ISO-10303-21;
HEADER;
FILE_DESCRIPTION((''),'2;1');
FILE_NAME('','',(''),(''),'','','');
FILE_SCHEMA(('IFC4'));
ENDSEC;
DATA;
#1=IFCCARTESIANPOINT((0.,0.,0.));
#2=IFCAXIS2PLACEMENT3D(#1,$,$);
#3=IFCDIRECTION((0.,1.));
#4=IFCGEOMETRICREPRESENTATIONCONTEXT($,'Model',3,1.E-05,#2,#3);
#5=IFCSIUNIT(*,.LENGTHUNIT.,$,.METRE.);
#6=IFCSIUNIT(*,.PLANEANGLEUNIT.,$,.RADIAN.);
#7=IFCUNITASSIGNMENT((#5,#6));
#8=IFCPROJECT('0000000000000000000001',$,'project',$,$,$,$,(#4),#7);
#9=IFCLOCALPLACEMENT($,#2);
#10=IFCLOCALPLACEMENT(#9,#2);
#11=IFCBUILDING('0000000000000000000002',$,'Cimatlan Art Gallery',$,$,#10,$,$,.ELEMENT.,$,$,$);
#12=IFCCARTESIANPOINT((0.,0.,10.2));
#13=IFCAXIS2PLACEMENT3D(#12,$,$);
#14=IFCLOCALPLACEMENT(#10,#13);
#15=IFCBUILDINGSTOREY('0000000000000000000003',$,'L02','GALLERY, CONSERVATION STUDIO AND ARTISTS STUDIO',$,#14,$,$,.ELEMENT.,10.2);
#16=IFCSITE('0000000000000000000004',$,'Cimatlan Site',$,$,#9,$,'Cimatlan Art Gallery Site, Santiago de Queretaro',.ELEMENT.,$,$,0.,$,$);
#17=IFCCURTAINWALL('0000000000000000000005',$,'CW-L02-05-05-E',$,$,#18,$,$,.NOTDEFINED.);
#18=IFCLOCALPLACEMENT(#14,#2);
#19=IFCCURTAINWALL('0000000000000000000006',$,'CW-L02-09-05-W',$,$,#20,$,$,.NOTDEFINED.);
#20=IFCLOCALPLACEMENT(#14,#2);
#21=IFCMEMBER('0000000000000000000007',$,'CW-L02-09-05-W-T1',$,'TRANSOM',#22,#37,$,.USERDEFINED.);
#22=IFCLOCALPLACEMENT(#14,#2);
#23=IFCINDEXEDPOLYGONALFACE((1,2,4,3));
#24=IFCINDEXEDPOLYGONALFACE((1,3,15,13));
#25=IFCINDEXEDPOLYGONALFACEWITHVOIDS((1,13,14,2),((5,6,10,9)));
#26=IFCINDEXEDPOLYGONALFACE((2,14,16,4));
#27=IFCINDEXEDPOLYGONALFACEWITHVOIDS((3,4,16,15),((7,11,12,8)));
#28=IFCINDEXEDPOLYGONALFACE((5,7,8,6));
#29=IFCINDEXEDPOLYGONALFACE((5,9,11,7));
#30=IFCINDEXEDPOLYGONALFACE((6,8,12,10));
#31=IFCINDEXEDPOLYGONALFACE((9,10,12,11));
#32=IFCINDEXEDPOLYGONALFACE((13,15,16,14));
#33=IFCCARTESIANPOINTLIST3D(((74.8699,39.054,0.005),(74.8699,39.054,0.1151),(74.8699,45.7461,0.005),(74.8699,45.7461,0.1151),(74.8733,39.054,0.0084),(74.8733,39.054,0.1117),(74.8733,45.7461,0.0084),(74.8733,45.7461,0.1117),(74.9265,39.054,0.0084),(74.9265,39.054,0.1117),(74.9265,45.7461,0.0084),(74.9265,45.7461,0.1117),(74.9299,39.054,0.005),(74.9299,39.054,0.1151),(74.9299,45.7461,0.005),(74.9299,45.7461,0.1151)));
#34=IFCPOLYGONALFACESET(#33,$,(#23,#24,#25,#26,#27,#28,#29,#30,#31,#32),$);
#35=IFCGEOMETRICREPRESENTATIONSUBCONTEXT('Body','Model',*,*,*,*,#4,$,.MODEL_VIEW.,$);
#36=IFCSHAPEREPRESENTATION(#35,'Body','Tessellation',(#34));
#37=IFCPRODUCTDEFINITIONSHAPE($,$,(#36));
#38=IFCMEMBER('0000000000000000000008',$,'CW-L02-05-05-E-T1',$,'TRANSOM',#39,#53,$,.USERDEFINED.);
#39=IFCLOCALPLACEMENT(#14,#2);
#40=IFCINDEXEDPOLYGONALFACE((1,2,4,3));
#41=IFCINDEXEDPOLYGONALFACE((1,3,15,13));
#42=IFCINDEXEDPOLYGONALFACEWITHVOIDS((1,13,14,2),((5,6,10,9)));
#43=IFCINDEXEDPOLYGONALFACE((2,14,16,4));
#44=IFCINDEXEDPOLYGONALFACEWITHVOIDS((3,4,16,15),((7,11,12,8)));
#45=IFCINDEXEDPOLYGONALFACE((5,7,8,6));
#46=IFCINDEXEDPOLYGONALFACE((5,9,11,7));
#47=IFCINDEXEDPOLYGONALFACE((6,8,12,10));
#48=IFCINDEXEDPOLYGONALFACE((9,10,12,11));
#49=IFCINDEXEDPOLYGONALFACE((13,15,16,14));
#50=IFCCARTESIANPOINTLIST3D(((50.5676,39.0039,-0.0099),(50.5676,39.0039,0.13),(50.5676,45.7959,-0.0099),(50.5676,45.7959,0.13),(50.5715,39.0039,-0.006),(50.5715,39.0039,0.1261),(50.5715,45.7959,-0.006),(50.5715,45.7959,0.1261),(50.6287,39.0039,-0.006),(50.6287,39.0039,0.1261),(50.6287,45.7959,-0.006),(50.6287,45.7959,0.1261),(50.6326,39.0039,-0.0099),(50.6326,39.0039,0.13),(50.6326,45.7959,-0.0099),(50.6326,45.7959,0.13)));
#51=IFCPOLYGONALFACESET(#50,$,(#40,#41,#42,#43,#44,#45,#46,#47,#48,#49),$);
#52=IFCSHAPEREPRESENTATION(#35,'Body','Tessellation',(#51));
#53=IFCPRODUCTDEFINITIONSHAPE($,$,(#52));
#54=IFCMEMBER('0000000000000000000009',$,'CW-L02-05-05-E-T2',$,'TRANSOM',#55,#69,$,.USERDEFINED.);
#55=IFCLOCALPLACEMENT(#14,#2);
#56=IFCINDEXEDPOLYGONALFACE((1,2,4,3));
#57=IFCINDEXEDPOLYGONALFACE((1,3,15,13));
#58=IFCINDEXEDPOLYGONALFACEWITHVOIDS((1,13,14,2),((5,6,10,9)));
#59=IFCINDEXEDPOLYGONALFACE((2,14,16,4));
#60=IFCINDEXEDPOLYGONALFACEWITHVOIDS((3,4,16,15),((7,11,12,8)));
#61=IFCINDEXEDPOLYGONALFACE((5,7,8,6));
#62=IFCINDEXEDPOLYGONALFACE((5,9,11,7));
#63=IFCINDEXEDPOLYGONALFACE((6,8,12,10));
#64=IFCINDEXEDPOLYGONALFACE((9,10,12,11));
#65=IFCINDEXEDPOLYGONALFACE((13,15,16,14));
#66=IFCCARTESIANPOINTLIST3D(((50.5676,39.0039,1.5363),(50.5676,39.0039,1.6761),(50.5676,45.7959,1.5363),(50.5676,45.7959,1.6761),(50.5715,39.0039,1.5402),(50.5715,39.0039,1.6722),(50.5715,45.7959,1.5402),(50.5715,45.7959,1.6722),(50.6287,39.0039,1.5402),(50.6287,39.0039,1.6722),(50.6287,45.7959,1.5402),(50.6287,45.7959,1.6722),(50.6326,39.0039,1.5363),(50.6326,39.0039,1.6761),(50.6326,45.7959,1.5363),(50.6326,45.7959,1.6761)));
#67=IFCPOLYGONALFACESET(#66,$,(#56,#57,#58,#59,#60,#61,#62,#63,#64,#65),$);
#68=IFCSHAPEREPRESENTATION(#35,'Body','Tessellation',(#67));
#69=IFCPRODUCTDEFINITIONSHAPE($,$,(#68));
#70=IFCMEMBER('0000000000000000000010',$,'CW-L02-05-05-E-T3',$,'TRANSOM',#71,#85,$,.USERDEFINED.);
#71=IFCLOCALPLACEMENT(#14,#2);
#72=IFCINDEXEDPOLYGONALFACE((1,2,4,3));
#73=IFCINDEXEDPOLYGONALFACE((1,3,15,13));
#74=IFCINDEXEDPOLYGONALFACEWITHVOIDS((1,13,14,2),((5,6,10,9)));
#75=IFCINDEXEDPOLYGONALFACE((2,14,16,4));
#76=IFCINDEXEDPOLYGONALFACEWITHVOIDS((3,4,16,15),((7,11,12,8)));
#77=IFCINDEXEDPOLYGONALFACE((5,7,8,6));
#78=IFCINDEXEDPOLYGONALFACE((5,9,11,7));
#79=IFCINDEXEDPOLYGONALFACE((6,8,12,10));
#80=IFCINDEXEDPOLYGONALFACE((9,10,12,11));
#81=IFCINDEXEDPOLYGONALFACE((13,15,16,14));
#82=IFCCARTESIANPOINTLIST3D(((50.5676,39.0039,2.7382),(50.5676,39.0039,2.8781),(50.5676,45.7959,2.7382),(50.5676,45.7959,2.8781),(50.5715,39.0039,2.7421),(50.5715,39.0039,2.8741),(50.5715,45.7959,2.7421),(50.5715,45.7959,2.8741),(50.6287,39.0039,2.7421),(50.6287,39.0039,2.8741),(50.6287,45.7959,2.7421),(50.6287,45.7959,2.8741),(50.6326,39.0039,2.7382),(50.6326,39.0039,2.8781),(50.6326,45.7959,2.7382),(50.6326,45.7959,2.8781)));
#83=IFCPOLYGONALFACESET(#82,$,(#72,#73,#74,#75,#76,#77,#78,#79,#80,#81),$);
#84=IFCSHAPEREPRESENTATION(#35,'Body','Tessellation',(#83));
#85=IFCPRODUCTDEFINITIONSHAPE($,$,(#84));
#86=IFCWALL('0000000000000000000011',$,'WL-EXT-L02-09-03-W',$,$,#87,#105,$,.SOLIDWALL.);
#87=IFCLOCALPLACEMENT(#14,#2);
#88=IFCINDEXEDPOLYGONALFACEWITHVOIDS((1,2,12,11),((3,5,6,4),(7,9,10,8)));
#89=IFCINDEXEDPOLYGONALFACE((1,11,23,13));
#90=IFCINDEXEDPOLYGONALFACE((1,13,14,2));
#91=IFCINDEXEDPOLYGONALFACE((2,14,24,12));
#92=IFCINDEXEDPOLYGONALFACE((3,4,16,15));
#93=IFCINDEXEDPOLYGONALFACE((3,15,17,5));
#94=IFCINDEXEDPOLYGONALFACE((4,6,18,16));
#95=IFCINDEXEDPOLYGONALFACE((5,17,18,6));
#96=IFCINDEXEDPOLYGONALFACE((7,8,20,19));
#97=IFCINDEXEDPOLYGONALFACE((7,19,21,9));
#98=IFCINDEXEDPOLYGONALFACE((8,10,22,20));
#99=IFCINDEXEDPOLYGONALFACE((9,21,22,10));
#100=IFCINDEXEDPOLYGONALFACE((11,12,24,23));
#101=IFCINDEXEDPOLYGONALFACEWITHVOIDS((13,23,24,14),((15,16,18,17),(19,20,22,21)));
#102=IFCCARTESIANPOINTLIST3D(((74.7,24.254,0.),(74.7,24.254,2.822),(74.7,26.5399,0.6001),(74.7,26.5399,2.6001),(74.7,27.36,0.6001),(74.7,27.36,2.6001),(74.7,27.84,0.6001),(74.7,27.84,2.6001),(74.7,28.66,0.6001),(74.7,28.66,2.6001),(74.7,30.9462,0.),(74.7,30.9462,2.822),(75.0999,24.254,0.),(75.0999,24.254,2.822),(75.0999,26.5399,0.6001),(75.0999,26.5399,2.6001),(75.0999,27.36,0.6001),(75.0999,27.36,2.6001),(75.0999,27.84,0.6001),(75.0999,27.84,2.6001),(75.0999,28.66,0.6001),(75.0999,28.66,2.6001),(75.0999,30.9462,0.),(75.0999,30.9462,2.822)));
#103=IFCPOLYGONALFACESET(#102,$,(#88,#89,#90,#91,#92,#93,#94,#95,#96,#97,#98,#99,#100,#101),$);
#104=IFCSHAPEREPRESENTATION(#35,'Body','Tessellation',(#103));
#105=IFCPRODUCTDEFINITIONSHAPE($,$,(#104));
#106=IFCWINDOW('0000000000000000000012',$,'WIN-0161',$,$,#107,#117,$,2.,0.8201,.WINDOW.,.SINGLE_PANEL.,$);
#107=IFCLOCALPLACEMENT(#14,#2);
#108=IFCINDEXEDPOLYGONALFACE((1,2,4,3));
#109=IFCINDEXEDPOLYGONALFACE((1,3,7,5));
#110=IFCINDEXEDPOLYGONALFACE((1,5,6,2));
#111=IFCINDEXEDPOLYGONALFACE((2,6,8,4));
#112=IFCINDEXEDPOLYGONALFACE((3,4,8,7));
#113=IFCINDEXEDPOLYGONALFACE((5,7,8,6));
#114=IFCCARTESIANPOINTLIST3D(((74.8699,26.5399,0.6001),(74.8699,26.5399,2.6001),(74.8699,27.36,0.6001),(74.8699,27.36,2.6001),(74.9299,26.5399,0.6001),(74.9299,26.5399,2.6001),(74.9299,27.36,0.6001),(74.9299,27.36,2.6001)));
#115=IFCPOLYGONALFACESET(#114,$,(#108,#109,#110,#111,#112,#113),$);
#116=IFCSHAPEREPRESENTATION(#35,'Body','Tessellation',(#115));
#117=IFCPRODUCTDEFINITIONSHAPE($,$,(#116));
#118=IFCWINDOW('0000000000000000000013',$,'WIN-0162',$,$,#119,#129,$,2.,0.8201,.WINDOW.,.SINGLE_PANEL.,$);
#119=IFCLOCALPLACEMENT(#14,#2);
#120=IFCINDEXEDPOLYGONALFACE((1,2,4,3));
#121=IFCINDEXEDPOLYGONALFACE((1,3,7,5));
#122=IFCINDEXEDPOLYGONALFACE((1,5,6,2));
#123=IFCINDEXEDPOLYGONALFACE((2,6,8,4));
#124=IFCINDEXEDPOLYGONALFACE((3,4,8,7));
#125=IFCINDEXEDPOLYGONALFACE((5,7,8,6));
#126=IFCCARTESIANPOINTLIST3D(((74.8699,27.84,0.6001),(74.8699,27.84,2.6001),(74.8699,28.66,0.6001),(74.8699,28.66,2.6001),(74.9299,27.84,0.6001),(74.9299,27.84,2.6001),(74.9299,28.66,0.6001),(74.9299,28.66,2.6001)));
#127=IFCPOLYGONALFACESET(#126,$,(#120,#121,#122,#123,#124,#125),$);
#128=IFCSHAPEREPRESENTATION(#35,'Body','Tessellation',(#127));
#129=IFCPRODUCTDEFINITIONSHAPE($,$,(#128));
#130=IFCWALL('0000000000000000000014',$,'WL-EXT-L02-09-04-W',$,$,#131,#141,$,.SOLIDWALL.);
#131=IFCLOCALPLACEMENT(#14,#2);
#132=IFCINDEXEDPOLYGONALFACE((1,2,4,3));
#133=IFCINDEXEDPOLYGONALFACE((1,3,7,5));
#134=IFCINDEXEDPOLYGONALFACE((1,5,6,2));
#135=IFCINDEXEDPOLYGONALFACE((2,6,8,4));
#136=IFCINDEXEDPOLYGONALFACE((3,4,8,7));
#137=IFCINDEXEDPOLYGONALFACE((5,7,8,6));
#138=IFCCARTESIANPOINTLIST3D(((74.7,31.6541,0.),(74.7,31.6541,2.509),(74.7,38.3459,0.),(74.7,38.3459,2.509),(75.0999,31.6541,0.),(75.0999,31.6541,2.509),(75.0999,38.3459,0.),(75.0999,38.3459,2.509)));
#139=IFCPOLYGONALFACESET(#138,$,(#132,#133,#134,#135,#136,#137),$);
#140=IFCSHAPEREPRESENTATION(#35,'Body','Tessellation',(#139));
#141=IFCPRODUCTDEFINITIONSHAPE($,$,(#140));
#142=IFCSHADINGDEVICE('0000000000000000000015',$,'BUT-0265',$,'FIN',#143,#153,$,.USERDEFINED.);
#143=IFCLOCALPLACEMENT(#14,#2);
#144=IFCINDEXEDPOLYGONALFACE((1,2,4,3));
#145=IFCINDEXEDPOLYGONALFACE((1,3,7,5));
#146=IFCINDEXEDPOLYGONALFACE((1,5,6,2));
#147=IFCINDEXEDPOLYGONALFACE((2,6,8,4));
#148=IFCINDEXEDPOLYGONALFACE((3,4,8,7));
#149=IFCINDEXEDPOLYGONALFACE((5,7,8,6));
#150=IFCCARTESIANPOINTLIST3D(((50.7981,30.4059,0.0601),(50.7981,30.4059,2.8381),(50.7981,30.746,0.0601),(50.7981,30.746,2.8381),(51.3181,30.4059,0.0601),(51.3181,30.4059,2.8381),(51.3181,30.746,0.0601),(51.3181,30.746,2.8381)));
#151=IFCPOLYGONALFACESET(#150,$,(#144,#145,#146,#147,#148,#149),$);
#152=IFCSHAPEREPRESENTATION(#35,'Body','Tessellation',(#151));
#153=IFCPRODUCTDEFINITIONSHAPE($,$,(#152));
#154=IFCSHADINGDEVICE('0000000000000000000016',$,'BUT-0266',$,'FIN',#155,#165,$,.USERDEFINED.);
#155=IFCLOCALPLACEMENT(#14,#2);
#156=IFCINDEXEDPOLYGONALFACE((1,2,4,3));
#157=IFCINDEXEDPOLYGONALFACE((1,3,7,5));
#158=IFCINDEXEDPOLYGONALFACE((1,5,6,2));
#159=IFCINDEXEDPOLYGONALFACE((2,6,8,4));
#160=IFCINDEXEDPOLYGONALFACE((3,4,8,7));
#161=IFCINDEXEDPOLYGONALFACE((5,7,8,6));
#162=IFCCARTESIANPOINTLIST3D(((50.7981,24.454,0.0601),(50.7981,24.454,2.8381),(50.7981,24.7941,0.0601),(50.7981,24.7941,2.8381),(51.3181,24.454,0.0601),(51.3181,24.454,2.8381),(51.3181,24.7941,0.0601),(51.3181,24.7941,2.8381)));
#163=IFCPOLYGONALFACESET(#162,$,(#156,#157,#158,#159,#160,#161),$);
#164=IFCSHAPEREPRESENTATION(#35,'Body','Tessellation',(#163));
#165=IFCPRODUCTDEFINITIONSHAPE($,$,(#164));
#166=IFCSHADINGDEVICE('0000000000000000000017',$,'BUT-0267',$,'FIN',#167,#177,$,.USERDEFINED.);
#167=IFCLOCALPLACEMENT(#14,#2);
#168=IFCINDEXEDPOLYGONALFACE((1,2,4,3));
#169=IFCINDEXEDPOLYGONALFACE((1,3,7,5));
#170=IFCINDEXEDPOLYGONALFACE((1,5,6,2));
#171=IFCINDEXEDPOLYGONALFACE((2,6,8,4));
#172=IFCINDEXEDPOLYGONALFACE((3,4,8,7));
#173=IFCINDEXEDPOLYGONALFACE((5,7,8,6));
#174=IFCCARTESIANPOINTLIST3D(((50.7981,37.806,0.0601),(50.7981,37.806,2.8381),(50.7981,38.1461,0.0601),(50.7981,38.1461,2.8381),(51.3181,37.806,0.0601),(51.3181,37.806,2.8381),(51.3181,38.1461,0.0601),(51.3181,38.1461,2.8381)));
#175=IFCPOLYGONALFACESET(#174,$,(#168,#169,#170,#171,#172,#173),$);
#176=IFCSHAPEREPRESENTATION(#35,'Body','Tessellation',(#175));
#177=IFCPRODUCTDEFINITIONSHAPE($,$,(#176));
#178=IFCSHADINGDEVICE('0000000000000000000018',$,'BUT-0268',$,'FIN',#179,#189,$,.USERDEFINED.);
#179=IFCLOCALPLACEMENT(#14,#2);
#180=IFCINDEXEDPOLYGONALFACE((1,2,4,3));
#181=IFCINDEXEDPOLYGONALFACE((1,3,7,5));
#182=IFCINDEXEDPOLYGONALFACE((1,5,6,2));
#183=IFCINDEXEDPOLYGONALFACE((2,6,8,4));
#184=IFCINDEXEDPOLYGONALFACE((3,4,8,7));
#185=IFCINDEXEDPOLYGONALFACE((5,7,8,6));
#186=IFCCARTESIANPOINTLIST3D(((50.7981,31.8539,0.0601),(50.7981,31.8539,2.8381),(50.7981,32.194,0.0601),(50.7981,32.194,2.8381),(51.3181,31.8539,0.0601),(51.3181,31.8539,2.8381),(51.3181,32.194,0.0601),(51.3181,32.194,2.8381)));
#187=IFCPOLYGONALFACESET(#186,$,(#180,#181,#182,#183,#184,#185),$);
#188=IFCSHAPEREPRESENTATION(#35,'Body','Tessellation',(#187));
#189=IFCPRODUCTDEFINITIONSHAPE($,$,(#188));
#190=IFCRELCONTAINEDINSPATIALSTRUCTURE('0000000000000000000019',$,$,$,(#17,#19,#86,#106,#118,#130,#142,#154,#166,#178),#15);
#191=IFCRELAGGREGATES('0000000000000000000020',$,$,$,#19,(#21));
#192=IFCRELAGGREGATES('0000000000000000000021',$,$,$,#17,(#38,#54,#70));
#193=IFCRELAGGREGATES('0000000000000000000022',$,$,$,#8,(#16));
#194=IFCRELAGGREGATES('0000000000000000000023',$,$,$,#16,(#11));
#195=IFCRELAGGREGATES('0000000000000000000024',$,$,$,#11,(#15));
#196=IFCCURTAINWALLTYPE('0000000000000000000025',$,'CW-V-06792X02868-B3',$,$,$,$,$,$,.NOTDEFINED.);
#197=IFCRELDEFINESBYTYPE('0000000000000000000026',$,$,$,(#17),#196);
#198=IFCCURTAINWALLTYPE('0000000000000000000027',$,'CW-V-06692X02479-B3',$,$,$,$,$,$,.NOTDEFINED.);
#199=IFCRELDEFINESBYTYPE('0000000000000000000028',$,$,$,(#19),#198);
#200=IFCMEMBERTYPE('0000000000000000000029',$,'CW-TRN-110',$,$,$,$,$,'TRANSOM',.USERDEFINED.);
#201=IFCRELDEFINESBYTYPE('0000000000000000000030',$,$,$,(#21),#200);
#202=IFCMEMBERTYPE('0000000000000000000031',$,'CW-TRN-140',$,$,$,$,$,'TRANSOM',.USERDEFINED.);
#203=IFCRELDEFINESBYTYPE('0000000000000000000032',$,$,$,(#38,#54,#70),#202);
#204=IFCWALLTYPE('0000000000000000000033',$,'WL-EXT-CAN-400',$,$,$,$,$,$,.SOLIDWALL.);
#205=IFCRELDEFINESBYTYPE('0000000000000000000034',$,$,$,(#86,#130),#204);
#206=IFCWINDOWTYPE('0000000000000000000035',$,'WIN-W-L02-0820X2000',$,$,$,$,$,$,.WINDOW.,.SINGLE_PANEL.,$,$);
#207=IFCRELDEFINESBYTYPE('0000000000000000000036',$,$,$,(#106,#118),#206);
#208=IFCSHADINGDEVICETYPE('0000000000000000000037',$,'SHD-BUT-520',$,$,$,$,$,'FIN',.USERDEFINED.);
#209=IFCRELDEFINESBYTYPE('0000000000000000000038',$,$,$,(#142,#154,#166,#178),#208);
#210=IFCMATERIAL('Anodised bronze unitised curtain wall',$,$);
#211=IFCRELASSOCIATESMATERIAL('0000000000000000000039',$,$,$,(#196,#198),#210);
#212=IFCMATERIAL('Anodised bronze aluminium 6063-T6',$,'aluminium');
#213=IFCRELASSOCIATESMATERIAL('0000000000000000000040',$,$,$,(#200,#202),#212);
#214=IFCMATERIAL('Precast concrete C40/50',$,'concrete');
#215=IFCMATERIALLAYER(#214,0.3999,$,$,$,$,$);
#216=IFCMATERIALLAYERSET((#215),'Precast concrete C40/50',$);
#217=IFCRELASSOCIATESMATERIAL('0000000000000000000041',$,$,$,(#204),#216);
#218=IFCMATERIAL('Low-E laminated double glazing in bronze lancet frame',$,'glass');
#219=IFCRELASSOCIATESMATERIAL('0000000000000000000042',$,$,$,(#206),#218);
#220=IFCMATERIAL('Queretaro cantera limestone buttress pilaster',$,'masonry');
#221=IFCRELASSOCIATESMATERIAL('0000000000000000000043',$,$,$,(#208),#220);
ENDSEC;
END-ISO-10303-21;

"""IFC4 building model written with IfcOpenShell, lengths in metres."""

from ifc_helpers import new_model, si_unit, direction, frame, frame_2d, origin, origin_2d, place, context, subcontext, project, spatial, rectangle, hollow_rectangle, extrude, material, layer, layer_set, material_profile, profile_set, type_object, element, fill, aggregate, save


model = new_model("IFC4")

# Units and contexts
model_context = context("Model", 3, precision=1e-05, world=origin(), true_north=direction((0.0, 1.0)))
body_context = subcontext(model_context, "Body", "Model", "MODEL_VIEW")
ifc_project = project(units=[si_unit("LENGTHUNIT", "METRE"), si_unit("PLANEANGLEUNIT", "RADIAN")], contexts=[model_context])

# Site, building, storey
site_placement = place(None, origin())
site = spatial("IfcSite", under=ifc_project, at=site_placement, Name="Cimatlan Site", LongName="Cimatlan Art Gallery Site, Santiago de Queretaro", CompositionType="ELEMENT", RefElevation=0.0)
building_placement = place(site_placement, origin())
building = spatial("IfcBuilding", under=site, at=building_placement, Name="Cimatlan Art Gallery", CompositionType="ELEMENT")
storey_placement = place(building_placement, frame((0.0, 0.0, 10.2)))
storey = spatial("IfcBuildingStorey", under=building, at=storey_placement, Name="L02", Description="GALLERY, CONSERVATION STUDIO AND ARTISTS STUDIO", CompositionType="ELEMENT", Elevation=10.2)

# Curtain wall
ifc_material_1 = material(Name="Anodised bronze unitised curtain wall")
curtain_wall_type_1 = type_object("IfcCurtainWallType", Name="CW-V-06792X02868-B3", PredefinedType="NOTDEFINED", material=ifc_material_1)
curtain_wall_1_placement = place(storey_placement, origin())
curtain_wall_1 = element("IfcCurtainWall", 1, at=curtain_wall_1_placement, inside=storey, type_object=curtain_wall_type_1, Name="CW-L02-05-05-E", PredefinedType="NOTDEFINED")
ifc_material_2 = material(Name="Anodised bronze aluminium 6063-T6", Category="aluminium")

# Curtain wall, member
curtain_wall_type_2 = type_object("IfcCurtainWallType", Name="CW-V-06692X02479-B3", PredefinedType="NOTDEFINED", material=ifc_material_1)
curtain_wall_2_placement = place(storey_placement, origin())
curtain_wall_2 = element("IfcCurtainWall", 2, at=curtain_wall_2_placement, inside=storey, type_object=curtain_wall_type_2, Name="CW-L02-09-05-W", PredefinedType="NOTDEFINED")
ifc_material_profile_1 = material_profile(ifc_material_2, hollow_rectangle(XDim=0.0601, YDim=0.1101, WallThickness=0.0034, at=origin_2d()), Name="ALU60X110X3")
ifc_profile_set_1 = profile_set([ifc_material_profile_1], Name="Anodised bronze aluminium 6063-T6")
member_type_1 = type_object("IfcMemberType", Name="CW-TRN-110", ElementType="TRANSOM", PredefinedType="USERDEFINED", material=ifc_profile_set_1)
member_1_placement = place(storey_placement, frame((74.8999, 39.054, 0.0601), z_axis=(0.0, 1.0, 0.0), x_axis=(-1.0, 0.0, 0.0)))
member_1 = element("IfcMember", 3, at=member_1_placement, type_object=member_type_1, Name="CW-L02-09-05-W-T1", ObjectType="TRANSOM", PredefinedType="USERDEFINED", context=body_context, shape_type="SweptSolid", body=[
    extrude(hollow_rectangle(XDim=0.0601, YDim=0.1101, WallThickness=0.0034, at=origin_2d()), origin(), (0.0, 0.0, 1.0), 6.6921),
])
aggregate(curtain_wall_2, [member_1])

# Members
ifc_material_profile_2 = material_profile(ifc_material_2, hollow_rectangle(XDim=0.0649, YDim=0.1399, WallThickness=0.0039, at=origin_2d()), Name="ALU65X140X4")
ifc_profile_set_2 = profile_set([ifc_material_profile_2], Name="Anodised bronze aluminium 6063-T6")
member_type_2 = type_object("IfcMemberType", Name="CW-TRN-140", ElementType="TRANSOM", PredefinedType="USERDEFINED", material=ifc_profile_set_2)
member_2_placement = place(storey_placement, frame((50.6001, 45.7959, 0.0601), z_axis=(0.0, -1.0, 0.0), x_axis=(1.0, 0.0, 0.0)))
member_2 = element("IfcMember", 4, at=member_2_placement, type_object=member_type_2, Name="CW-L02-05-05-E-T1", ObjectType="TRANSOM", PredefinedType="USERDEFINED", context=body_context, shape_type="SweptSolid", body=[
    extrude(hollow_rectangle(XDim=0.0649, YDim=0.1399, WallThickness=0.0039, at=origin_2d()), origin(), (0.0, 0.0, 1.0), 6.792),
])
member_3_placement = place(storey_placement, frame((50.6001, 45.7959, 1.6062), z_axis=(0.0, -1.0, 0.0), x_axis=(1.0, 0.0, 0.0)))
member_3 = element("IfcMember", 5, at=member_3_placement, type_object=member_type_2, Name="CW-L02-05-05-E-T2", ObjectType="TRANSOM", PredefinedType="USERDEFINED", context=body_context, shape_type="SweptSolid", body=[
    extrude(hollow_rectangle(XDim=0.0649, YDim=0.1399, WallThickness=0.0039, at=origin_2d()), origin(), (0.0, 0.0, 1.0), 6.792),
])
member_4_placement = place(storey_placement, frame((50.6001, 45.7959, 2.8081), z_axis=(0.0, -1.0, 0.0), x_axis=(1.0, 0.0, 0.0)))
member_4 = element("IfcMember", 6, at=member_4_placement, type_object=member_type_2, Name="CW-L02-05-05-E-T3", ObjectType="TRANSOM", PredefinedType="USERDEFINED", context=body_context, shape_type="SweptSolid", body=[
    extrude(hollow_rectangle(XDim=0.0649, YDim=0.1399, WallThickness=0.0039, at=origin_2d()), origin(), (0.0, 0.0, 1.0), 6.792),
])
aggregate(curtain_wall_1, [member_2, member_3, member_4])

# Wall, openings, windows
ifc_material_3 = material(Name="Precast concrete C40/50", Category="concrete")
ifc_layer = layer(ifc_material_3, 0.3999)
ifc_layer_set = layer_set([ifc_layer], Name="Precast concrete C40/50")
wall_type = type_object("IfcWallType", Name="WL-EXT-CAN-400", PredefinedType="SOLIDWALL", material=ifc_layer_set)
wall_1_placement = place(storey_placement, frame((74.8999, 24.2539, 0.0), z_axis=(0.0, 0.0, 1.0), x_axis=(0.0, 1.0, 0.0)))
wall_1 = element("IfcWall", 7, at=wall_1_placement, inside=storey, type_object=wall_type, Name="WL-EXT-L02-09-03-W", PredefinedType="SOLIDWALL", context=body_context, shape_type="SweptSolid", body=[
    extrude(rectangle(XDim=6.6921, YDim=0.3999, at=frame_2d((3.3462, 0.0))), origin(), (0.0, 0.0, 1.0), 2.822),
])
opening_1_placement = place(wall_1_placement, frame((2.2859, 0.0, 0.6001)))
opening_1 = element("IfcOpeningElement", 8, at=opening_1_placement, cuts=wall_1, PredefinedType="OPENING", context=body_context, shape_type="SweptSolid", body=[
    extrude(rectangle(XDim=0.8201, YDim=2.0, at=frame_2d((0.4102, 1.0))), frame((0.0, 0.21, 0.0), z_axis=(0.0, -1.0, 0.0), x_axis=(1.0, 0.0, 0.0)), (0.0, 0.0, 1.0), 0.4199),
])
opening_2_placement = place(wall_1_placement, frame((3.5859, 0.0, 0.6001)))
opening_2 = element("IfcOpeningElement", 9, at=opening_2_placement, cuts=wall_1, PredefinedType="OPENING", context=body_context, shape_type="SweptSolid", body=[
    extrude(rectangle(XDim=0.8201, YDim=2.0, at=frame_2d((0.4102, 1.0))), frame((0.0, 0.21, 0.0), z_axis=(0.0, -1.0, 0.0), x_axis=(1.0, 0.0, 0.0)), (0.0, 0.0, 1.0), 0.4199),
])
ifc_material_4 = material(Name="Low-E laminated double glazing in bronze lancet frame", Category="glass")
window_type = type_object("IfcWindowType", Name="WIN-W-L02-0820X2000", PartitioningType="SINGLE_PANEL", PredefinedType="WINDOW", material=ifc_material_4)
window_1_placement = place(opening_1_placement, origin())
window_1 = element("IfcWindow", 10, at=window_1_placement, inside=storey, type_object=window_type, Name="WIN-0161", OverallHeight=2.0, OverallWidth=0.8201, PartitioningType="SINGLE_PANEL", PredefinedType="WINDOW", context=body_context, shape_type="SweptSolid", body=[
    extrude(rectangle(XDim=0.8201, YDim=2.0, at=frame_2d((0.4102, 1.0))), frame((0.0, 0.03, 0.0), z_axis=(0.0, -1.0, 0.0), x_axis=(1.0, 0.0, 0.0)), (0.0, 0.0, 1.0), 0.0601),
])
fill(opening_1, window_1)
window_2_placement = place(opening_2_placement, origin())
window_2 = element("IfcWindow", 11, at=window_2_placement, inside=storey, type_object=window_type, Name="WIN-0162", OverallHeight=2.0, OverallWidth=0.8201, PartitioningType="SINGLE_PANEL", PredefinedType="WINDOW", context=body_context, shape_type="SweptSolid", body=[
    extrude(rectangle(XDim=0.8201, YDim=2.0, at=frame_2d((0.4102, 1.0))), frame((0.0, 0.03, 0.0), z_axis=(0.0, -1.0, 0.0), x_axis=(1.0, 0.0, 0.0)), (0.0, 0.0, 1.0), 0.0601),
])
fill(opening_2, window_2)

# Wall
wall_2_placement = place(storey_placement, frame((74.8999, 31.6541, 0.0), z_axis=(0.0, 0.0, 1.0), x_axis=(0.0, 1.0, 0.0)))
element("IfcWall", 12, at=wall_2_placement, inside=storey, type_object=wall_type, Name="WL-EXT-L02-09-04-W", PredefinedType="SOLIDWALL", context=body_context, shape_type="SweptSolid", body=[
    extrude(rectangle(XDim=6.6919, YDim=0.3999, at=frame_2d((3.3459, 0.0))), origin(), (0.0, 0.0, 1.0), 2.509),
])

# Shading devices
ifc_material_5 = material(Name="Queretaro cantera limestone buttress pilaster", Category="masonry")
shading_device_type_1 = type_object("IfcShadingDeviceType", Name="SHD-BUT-520", ElementType="FIN", PredefinedType="USERDEFINED", material=ifc_material_5)
for number, where, z_axis, x_axis, name in (
    (13, (51.0581, 30.5759, 0.0601), (0.0, 0.0, 1.0), (0.0, -1.0, 0.0), "BUT-0265"),
    (14, (51.0581, 24.624, 0.0601), (0.0, 0.0, 1.0), (0.0, -1.0, 0.0), "BUT-0266"),
    (15, (51.0581, 37.9761, 0.0601), (0.0, 0.0, 1.0), (0.0, -1.0, 0.0), "BUT-0267"),
    (16, (51.0581, 32.0239, 0.0601), (0.0, 0.0, 1.0), (0.0, -1.0, 0.0), "BUT-0268"),
):
    element("IfcShadingDevice", number, at=place(storey_placement, frame(where, z_axis=z_axis, x_axis=x_axis)), inside=storey, type_object=shading_device_type_1, Name=name, ObjectType="FIN", PredefinedType="USERDEFINED", context=body_context, shape_type="SweptSolid", body=[
        extrude(rectangle(XDim=0.3401, YDim=0.52, at=origin_2d()), origin(), (0.0, 0.0, 1.0), 2.7781),
    ])

save(model, "model.ifc")
